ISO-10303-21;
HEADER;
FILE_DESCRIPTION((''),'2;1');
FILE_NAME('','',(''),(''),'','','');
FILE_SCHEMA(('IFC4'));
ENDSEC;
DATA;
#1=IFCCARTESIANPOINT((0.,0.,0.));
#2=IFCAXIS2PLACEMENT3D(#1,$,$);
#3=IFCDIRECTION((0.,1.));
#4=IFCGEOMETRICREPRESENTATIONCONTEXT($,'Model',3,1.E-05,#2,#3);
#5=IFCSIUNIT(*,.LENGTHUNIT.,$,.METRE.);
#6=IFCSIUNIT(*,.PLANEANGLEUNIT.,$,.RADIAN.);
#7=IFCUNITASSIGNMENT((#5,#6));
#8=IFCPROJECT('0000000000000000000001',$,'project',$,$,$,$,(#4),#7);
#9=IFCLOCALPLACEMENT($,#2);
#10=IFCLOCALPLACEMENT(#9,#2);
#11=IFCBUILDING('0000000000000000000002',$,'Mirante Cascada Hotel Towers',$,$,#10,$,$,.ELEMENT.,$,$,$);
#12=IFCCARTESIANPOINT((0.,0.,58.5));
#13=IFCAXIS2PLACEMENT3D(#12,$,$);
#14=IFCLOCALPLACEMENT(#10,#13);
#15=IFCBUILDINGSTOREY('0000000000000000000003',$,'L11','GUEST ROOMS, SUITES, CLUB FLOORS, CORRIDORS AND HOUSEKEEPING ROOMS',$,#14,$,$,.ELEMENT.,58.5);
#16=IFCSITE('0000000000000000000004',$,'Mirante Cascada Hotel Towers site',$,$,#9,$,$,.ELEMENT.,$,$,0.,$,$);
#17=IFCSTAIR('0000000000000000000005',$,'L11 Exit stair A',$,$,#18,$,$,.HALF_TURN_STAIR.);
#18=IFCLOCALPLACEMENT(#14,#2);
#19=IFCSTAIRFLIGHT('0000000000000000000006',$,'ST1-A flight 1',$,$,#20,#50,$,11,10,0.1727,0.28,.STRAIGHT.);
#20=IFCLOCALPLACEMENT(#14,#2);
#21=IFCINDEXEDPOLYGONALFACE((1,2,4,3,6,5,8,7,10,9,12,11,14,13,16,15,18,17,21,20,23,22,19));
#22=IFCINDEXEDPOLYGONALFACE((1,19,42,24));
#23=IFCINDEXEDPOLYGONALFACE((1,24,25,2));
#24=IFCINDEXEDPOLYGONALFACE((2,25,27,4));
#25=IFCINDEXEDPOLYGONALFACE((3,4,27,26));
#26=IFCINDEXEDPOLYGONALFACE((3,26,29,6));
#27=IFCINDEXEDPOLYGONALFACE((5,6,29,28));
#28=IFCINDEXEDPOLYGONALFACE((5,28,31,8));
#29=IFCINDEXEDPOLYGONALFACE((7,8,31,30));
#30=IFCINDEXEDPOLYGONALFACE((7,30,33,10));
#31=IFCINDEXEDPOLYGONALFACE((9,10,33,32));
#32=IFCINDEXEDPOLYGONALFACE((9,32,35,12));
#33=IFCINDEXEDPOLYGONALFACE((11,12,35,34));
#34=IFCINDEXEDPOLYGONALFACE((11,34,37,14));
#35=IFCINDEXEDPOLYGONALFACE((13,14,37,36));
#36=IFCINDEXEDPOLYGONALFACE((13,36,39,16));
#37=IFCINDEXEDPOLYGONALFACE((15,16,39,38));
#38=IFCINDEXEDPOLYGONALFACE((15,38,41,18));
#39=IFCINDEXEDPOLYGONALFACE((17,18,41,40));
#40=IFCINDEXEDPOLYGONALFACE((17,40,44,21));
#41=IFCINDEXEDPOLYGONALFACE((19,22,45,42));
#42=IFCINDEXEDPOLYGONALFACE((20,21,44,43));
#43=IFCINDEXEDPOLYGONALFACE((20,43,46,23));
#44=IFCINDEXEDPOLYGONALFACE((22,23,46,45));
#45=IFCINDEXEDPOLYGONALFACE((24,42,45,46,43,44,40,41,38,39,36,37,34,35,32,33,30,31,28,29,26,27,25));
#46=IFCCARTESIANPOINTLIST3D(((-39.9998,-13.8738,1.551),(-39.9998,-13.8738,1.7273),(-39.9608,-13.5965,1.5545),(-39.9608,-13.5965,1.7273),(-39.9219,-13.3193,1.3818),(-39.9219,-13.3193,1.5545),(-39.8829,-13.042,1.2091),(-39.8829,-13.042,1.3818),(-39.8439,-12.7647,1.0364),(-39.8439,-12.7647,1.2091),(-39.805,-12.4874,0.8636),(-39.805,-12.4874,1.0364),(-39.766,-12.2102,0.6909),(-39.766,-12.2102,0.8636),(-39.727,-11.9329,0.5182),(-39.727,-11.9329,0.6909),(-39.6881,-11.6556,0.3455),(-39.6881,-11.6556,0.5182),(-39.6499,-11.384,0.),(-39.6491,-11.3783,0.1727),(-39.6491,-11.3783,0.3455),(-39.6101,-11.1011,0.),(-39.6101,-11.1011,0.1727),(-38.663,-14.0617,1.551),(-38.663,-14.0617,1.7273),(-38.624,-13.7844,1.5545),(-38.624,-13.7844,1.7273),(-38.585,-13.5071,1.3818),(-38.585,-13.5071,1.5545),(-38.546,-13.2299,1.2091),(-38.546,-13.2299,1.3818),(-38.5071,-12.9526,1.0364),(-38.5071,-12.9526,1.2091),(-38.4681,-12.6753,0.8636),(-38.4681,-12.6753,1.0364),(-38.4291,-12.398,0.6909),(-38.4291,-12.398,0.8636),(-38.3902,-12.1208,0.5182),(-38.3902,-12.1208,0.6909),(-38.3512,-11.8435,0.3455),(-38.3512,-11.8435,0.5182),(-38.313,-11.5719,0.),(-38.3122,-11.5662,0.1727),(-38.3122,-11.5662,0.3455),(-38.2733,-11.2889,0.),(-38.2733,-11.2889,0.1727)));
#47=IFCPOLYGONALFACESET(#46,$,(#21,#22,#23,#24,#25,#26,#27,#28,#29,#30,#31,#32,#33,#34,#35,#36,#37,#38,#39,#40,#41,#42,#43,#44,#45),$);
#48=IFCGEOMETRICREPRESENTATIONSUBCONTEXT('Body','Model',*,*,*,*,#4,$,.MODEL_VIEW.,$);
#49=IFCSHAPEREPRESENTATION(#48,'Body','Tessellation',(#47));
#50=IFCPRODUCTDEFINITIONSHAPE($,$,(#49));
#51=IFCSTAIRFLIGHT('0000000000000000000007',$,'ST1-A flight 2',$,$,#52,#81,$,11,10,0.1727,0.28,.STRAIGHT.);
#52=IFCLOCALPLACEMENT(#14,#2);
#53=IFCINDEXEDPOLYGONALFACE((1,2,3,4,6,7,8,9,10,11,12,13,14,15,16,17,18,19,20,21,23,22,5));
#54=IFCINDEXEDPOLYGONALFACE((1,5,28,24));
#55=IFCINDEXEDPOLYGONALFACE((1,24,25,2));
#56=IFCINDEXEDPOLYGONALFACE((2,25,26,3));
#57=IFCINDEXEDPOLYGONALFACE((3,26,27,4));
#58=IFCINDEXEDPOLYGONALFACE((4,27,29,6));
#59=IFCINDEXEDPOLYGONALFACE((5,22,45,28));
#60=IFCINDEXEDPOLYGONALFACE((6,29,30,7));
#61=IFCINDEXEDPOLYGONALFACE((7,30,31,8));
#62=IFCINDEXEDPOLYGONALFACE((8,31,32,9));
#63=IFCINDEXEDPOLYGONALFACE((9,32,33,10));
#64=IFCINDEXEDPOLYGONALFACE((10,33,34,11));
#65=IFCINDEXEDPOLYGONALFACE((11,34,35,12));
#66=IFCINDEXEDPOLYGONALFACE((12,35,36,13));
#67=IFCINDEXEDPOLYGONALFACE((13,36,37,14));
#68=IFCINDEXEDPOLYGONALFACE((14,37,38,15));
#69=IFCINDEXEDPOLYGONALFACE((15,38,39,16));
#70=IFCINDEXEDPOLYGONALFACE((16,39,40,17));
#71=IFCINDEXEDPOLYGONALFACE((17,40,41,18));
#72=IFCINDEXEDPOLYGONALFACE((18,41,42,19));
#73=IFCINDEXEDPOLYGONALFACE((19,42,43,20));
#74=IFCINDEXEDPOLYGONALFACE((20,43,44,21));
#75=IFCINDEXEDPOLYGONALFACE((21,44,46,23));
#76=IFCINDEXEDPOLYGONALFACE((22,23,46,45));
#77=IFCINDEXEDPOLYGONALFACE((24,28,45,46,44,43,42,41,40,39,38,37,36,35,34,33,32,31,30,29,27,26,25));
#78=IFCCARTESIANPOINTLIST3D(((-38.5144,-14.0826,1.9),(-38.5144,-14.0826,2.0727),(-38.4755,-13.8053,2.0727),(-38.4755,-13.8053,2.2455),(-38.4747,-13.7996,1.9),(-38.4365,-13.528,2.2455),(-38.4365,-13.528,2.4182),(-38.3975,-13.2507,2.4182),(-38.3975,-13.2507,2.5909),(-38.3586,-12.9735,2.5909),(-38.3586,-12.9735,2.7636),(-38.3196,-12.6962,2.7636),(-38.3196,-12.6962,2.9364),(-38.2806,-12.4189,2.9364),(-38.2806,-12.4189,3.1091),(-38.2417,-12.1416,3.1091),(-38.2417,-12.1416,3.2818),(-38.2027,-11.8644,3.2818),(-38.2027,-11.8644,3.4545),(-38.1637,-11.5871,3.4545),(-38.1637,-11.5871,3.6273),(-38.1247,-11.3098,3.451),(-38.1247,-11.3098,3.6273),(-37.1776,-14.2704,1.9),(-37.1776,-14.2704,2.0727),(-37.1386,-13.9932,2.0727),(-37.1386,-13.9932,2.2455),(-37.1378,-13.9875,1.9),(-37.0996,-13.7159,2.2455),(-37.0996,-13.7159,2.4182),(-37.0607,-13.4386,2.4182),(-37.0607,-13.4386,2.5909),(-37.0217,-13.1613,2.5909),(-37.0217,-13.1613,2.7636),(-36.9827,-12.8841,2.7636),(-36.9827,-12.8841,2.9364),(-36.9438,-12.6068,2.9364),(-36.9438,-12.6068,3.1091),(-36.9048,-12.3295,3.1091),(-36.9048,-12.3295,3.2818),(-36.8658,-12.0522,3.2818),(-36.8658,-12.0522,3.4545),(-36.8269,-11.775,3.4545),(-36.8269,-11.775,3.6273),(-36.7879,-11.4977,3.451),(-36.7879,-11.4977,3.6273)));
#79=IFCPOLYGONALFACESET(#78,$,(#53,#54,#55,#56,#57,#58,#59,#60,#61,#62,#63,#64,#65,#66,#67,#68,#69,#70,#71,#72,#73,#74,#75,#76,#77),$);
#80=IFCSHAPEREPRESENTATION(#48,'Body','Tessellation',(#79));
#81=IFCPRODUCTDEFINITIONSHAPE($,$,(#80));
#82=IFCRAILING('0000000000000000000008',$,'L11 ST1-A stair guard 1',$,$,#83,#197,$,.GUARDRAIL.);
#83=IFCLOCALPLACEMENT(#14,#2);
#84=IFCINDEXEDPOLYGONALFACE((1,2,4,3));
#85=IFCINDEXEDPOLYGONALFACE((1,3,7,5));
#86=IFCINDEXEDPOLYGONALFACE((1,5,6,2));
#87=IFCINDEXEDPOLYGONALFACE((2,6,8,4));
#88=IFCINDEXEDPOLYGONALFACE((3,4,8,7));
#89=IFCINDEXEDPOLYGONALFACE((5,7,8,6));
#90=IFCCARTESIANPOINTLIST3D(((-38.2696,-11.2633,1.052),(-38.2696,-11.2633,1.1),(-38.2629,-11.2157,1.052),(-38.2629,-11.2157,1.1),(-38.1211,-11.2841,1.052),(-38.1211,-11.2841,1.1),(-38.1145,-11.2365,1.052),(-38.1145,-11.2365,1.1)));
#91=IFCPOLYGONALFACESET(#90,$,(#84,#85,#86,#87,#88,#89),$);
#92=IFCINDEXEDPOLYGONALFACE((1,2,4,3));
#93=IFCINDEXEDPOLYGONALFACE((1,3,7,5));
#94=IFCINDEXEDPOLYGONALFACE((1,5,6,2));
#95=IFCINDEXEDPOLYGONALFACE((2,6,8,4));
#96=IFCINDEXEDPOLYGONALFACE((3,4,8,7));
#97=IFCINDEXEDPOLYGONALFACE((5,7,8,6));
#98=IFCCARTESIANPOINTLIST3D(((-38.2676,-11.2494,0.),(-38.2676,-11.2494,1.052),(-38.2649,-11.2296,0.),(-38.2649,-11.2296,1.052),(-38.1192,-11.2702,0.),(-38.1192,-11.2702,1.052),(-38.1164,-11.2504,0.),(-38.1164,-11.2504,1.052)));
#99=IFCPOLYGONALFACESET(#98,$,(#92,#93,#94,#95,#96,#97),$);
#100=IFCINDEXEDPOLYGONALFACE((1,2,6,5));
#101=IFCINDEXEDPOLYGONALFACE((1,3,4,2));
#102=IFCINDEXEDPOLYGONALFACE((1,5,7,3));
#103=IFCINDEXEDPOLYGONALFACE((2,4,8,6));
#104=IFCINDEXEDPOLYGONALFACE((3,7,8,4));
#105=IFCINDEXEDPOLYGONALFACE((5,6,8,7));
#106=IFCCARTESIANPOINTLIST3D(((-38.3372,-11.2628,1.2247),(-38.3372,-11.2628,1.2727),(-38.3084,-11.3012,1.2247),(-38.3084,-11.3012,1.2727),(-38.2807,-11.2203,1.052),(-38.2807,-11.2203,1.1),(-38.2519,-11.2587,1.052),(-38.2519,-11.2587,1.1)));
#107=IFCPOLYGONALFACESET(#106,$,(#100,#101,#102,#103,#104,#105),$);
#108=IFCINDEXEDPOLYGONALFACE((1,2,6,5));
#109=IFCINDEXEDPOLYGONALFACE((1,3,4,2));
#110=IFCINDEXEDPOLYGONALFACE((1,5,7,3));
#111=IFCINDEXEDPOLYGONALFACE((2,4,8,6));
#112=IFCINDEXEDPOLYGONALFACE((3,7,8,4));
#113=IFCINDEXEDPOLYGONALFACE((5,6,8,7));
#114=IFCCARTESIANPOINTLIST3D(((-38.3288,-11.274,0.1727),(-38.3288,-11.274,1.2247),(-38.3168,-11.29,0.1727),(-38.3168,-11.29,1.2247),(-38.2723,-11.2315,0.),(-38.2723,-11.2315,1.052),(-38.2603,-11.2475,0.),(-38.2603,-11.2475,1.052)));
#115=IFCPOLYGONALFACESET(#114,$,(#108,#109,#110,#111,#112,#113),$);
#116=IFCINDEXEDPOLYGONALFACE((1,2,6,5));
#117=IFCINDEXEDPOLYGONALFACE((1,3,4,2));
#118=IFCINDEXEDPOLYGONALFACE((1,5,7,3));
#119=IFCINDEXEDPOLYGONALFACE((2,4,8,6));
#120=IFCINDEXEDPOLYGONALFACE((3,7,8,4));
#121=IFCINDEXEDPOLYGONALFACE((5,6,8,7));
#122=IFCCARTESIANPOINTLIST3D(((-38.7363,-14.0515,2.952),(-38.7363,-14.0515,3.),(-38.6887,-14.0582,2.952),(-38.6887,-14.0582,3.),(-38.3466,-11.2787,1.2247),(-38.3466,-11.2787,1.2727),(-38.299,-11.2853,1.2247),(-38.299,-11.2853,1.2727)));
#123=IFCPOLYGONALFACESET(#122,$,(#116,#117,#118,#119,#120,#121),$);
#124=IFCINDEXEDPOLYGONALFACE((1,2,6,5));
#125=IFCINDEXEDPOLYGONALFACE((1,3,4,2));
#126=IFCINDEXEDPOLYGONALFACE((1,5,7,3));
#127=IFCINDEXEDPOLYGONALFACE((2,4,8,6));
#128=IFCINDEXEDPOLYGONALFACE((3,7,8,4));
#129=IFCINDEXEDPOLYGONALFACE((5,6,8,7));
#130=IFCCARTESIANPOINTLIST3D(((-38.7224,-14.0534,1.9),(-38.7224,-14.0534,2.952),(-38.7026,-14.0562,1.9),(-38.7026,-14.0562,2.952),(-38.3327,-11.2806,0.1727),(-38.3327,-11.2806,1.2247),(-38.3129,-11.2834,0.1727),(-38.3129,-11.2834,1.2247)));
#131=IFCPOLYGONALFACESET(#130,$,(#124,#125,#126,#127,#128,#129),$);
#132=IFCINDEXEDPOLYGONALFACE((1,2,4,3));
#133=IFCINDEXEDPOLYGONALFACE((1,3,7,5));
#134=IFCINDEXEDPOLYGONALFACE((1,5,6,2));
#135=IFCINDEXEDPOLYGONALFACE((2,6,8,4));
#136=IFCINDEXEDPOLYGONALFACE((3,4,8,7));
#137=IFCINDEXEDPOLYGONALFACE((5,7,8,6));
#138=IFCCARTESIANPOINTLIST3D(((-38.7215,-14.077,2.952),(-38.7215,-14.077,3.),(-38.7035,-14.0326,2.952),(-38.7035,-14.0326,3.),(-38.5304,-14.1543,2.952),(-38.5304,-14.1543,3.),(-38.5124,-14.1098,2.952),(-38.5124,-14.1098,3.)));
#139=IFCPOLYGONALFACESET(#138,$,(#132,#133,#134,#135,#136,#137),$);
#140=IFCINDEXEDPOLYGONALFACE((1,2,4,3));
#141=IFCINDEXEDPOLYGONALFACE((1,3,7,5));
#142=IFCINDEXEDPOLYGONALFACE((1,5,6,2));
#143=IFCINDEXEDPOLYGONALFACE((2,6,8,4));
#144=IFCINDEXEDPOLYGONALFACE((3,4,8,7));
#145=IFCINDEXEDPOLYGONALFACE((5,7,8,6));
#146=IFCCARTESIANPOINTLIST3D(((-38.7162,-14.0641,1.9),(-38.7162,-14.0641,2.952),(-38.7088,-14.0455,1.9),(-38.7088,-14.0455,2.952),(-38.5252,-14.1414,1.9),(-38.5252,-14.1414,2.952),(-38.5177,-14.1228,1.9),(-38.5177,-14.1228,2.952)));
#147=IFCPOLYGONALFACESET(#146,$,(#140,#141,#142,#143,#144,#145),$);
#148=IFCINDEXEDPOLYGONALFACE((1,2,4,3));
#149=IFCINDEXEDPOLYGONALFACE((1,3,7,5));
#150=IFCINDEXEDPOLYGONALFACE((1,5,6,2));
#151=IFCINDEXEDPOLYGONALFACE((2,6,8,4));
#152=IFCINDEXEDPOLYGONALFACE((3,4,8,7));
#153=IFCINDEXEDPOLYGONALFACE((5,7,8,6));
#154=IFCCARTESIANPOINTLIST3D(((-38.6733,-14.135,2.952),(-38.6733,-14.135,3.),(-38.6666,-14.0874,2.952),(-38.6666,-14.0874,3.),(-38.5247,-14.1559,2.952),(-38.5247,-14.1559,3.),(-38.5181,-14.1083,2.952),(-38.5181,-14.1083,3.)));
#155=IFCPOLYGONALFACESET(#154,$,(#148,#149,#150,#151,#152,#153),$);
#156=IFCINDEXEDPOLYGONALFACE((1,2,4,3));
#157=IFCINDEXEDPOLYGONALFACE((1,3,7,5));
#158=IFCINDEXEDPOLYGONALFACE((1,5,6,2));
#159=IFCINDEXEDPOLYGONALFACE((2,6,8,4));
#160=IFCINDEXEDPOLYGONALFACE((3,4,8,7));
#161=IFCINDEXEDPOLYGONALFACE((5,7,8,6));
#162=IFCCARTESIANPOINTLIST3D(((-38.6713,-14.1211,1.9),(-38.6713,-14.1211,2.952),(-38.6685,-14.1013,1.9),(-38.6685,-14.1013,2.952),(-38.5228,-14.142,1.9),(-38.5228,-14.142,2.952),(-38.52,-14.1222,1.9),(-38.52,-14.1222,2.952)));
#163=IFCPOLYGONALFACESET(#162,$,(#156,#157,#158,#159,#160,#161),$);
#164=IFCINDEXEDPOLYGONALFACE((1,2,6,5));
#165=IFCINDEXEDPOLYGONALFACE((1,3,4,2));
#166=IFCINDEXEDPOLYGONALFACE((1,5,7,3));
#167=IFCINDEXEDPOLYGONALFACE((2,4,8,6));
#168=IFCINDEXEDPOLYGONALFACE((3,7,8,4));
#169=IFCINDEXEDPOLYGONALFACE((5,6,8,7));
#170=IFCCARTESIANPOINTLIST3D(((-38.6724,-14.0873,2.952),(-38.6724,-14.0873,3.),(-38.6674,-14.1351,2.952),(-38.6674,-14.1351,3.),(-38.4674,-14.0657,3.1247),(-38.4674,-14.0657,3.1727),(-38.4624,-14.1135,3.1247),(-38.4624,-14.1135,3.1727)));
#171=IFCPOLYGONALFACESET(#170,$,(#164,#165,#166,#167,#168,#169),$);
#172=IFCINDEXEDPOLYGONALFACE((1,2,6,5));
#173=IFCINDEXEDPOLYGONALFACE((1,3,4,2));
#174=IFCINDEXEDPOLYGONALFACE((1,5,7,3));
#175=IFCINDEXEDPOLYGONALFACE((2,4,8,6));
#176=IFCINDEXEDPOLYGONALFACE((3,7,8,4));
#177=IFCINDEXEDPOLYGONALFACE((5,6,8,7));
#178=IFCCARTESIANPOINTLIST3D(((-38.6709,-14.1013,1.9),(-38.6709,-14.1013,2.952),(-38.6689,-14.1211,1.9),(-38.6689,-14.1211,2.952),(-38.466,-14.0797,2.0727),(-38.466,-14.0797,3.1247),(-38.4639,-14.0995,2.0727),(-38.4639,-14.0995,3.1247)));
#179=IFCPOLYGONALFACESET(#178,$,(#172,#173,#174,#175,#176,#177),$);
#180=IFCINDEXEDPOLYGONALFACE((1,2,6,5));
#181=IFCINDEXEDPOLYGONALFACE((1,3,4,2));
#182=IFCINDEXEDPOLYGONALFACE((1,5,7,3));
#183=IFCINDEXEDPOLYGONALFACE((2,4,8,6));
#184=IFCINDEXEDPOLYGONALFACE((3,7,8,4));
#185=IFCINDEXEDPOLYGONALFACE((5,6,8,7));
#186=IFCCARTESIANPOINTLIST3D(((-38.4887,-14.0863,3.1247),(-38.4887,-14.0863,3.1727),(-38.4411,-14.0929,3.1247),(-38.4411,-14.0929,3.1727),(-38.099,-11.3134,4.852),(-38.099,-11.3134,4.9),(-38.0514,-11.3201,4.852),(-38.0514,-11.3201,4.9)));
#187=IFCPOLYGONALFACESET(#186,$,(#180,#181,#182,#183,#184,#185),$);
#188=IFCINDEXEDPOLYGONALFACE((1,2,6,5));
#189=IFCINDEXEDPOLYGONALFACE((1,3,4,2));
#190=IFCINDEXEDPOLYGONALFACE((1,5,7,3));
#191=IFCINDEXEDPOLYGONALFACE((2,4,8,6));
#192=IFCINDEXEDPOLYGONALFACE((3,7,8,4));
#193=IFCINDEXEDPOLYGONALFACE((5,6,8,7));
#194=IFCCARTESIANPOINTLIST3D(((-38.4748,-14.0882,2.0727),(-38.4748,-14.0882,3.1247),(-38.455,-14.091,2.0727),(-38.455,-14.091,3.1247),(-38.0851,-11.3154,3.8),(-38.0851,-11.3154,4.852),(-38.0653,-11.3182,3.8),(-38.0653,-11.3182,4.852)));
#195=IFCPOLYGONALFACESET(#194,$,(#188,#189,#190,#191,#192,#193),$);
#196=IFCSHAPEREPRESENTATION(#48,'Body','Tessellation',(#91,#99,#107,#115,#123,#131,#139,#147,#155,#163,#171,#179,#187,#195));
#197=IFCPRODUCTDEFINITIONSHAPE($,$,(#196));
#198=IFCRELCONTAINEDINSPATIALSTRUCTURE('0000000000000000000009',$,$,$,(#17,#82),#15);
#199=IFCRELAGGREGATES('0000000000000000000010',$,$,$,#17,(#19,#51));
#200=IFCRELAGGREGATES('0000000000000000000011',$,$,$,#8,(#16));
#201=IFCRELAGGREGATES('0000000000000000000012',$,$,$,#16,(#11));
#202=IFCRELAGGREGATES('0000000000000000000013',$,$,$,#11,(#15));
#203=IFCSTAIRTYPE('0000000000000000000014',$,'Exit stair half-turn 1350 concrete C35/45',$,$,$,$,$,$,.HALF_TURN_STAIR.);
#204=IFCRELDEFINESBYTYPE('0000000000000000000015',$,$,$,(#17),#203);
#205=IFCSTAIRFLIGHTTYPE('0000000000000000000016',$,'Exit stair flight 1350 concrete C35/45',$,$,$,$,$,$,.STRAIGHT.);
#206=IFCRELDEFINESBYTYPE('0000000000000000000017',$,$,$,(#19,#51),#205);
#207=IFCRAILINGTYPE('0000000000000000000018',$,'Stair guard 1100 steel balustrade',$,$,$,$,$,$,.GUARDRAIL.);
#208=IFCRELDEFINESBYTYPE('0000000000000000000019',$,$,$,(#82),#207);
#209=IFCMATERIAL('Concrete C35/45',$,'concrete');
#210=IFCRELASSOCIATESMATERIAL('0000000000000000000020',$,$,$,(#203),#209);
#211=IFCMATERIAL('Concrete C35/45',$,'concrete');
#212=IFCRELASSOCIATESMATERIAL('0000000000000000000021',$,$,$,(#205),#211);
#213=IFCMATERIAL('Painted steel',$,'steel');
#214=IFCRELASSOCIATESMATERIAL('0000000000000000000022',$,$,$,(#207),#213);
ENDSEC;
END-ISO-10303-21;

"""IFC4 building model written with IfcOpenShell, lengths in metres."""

from ifc_helpers import new_model, si_unit, direction, frame, origin, origin_2d, place, context, subcontext, project, spatial, polyline, rectangle, outline, extrude, material, type_object, element, aggregate, save


model = new_model("IFC4")

# Units and contexts
model_context = context("Model", 3, precision=1e-05, world=origin(), true_north=direction((0.0, 1.0)))
body_context = subcontext(model_context, "Body", "Model", "MODEL_VIEW")
ifc_project = project(units=[si_unit("LENGTHUNIT", "METRE"), si_unit("PLANEANGLEUNIT", "RADIAN")], contexts=[model_context])

# Site, building, storey
site_placement = place(None, origin())
site = spatial("IfcSite", under=ifc_project, at=site_placement, Name="Mirante Cascada Hotel Towers site", CompositionType="ELEMENT", RefElevation=0.0)
building_placement = place(site_placement, origin())
building = spatial("IfcBuilding", under=site, at=building_placement, Name="Mirante Cascada Hotel Towers", CompositionType="ELEMENT")
storey_placement = place(building_placement, frame((0.0, 0.0, 58.5)))
storey = spatial("IfcBuildingStorey", under=building, at=storey_placement, Name="L11", Description="GUEST ROOMS, SUITES, CLUB FLOORS, CORRIDORS AND HOUSEKEEPING ROOMS", CompositionType="ELEMENT", Elevation=58.5)

# Stair, stair flights
ifc_material_1 = material(Name="Concrete C35/45", Category="concrete")
stair_type = type_object("IfcStairType", Name="Exit stair half-turn 1350 concrete C35/45", PredefinedType="HALF_TURN_STAIR", material=ifc_material_1)
stair_placement = place(storey_placement, origin())
stair = element("IfcStair", 1, at=stair_placement, inside=storey, type_object=stair_type, Name="L11 Exit stair A", PredefinedType="HALF_TURN_STAIR")
ifc_material_2 = material(Name="Concrete C35/45", Category="concrete")
stair_flight_type = type_object("IfcStairFlightType", Name="Exit stair flight 1350 concrete C35/45", PredefinedType="STRAIGHT", material=ifc_material_2)
stair_flight_1_placement = place(storey_placement, frame((-38.9417, -11.195, 0.0), z_axis=(0.0, 0.0, 1.0), x_axis=(-0.139173, -0.990268, 0.0)))
stair_flight_1 = element("IfcStairFlight", 2, at=stair_flight_1_placement, type_object=stair_flight_type, Name="ST1-A flight 1", NumberOfRisers=11, NumberOfTreads=10, PredefinedType="STRAIGHT", RiserHeight=0.1727, TreadLength=0.28, context=body_context, shape_type="SweptSolid", body=[
    extrude(outline(polyline([(0.0, 0.0), (0.0, 0.1727), (0.28, 0.1727), (0.28, 0.3455), (0.56, 0.3455), (0.56, 0.5182), (0.84, 0.5182), (0.84, 0.6909), (1.12, 0.6909), (1.12, 0.8636), (1.4, 0.8636), (1.4, 1.0364), (1.68, 1.0364), (1.68, 1.2091), (1.96, 1.2091), (1.96, 1.3818), (2.24, 1.3818), (2.24, 1.5545), (2.52, 1.5545), (2.52, 1.7273), (2.8, 1.7273), (2.8, 1.9), (2.8, 1.551), (0.2857, 0.0), (0.0, 0.0)])), frame((0.0, 0.675, 0.0), z_axis=(0.0, -1.0, 0.0), x_axis=(1.0, 0.0, 0.0)), (0.0, 0.0, 1.0), 1.35),
])
stair_flight_2_placement = place(storey_placement, frame((-37.846, -14.1765, 1.9), z_axis=(0.0, 0.0, 1.0), x_axis=(0.139173, 0.990268, 0.0)))
stair_flight_2 = element("IfcStairFlight", 3, at=stair_flight_2_placement, type_object=stair_flight_type, Name="ST1-A flight 2", NumberOfRisers=11, NumberOfTreads=10, PredefinedType="STRAIGHT", RiserHeight=0.1727, TreadLength=0.28, context=body_context, shape_type="SweptSolid", body=[
    extrude(outline(polyline([(0.0, 0.0), (0.0, 0.1727), (0.28, 0.1727), (0.28, 0.3455), (0.56, 0.3455), (0.56, 0.5182), (0.84, 0.5182), (0.84, 0.6909), (1.12, 0.6909), (1.12, 0.8636), (1.4, 0.8636), (1.4, 1.0364), (1.68, 1.0364), (1.68, 1.2091), (1.96, 1.2091), (1.96, 1.3818), (2.24, 1.3818), (2.24, 1.5545), (2.52, 1.5545), (2.52, 1.7273), (2.8, 1.7273), (2.8, 1.9), (2.8, 1.551), (0.2857, 0.0), (0.0, 0.0)])), frame((0.0, 0.675, 0.0), z_axis=(0.0, -1.0, 0.0), x_axis=(1.0, 0.0, 0.0)), (0.0, 0.0, 1.0), 1.35),
])
aggregate(stair, [stair_flight_1, stair_flight_2])

# Railing
ifc_material_3 = material(Name="Painted steel", Category="steel")
railing_type_1 = type_object("IfcRailingType", Name="Stair guard 1100 steel balustrade", PredefinedType="GUARDRAIL", material=ifc_material_3)
railing_1_placement = place(storey_placement, frame((-38.1178, -11.2603, 0.0)))
element("IfcRailing", 4, at=railing_1_placement, inside=storey, type_object=railing_type_1, Name="L11 ST1-A stair guard 1", PredefinedType="GUARDRAIL", context=body_context, shape_type="SweptSolid", body=[
    extrude(rectangle(XDim=0.048, YDim=0.048, at=origin_2d()), frame((0.0, 0.0, 1.076), z_axis=(-0.990333, 0.138713, 0.0), x_axis=(-0.138713, -0.990333, 0.0)), (0.0, 0.0, 1.0), 0.1499),
    extrude(rectangle(XDim=0.02, YDim=1.052, at=origin_2d()), frame((0.0, 0.0, 0.526), z_axis=(-0.990333, 0.138713, 0.0), x_axis=(-0.138713, -0.990333, 0.0)), (0.0, 0.0, 1.0), 0.1499),
    extrude(rectangle(XDim=0.048, YDim=0.048, at=origin_2d()), frame((-0.1485, 0.0208, 1.076), z_axis=(-0.79915, -0.601131, 0.0), x_axis=(0.601131, -0.79915, 0.0)), (0.0, 0.925453, 0.378863), 0.1866),
    extrude(rectangle(XDim=0.02, YDim=1.052, at=origin_2d()), frame((-0.1485, 0.0208, 0.526), z_axis=(-0.79915, -0.601131, 0.0), x_axis=(0.601131, -0.79915, 0.0)), (0.0, 0.925453, 0.378863), 0.1866),
    extrude(rectangle(XDim=0.048, YDim=0.048, at=origin_2d()), frame((-0.205, -0.0217, 1.2487), z_axis=(-0.139176, -0.990268, 0.0), x_axis=(0.990268, -0.139176, 0.0)), (0.0, 0.525021, 0.851089), 3.29),
    extrude(rectangle(XDim=0.02, YDim=1.052, at=origin_2d()), frame((-0.205, -0.0217, 0.6987), z_axis=(-0.139176, -0.990268, 0.0), x_axis=(0.990268, -0.139176, 0.0)), (0.0, 0.525021, 0.851089), 3.29),
    extrude(rectangle(XDim=0.048, YDim=0.048, at=origin_2d()), frame((-0.5947, -2.7945, 2.976), z_axis=(0.927031, -0.374984, 0.0), x_axis=(0.374984, 0.927031, 0.0)), (0.0, 0.0, 1.0), 0.2061),
    extrude(rectangle(XDim=0.02, YDim=1.052, at=origin_2d()), frame((-0.5947, -2.7945, 2.426), z_axis=(0.927031, -0.374984, 0.0), x_axis=(0.374984, 0.927031, 0.0)), (0.0, 0.0, 1.0), 0.2061),
    extrude(rectangle(XDim=0.048, YDim=0.048, at=origin_2d()), frame((-0.4036, -2.8718, 2.976), z_axis=(-0.990241, 0.139367, 0.0), x_axis=(-0.139367, -0.990241, 0.0)), (0.0, 0.0, 1.0), 0.15),
    extrude(rectangle(XDim=0.02, YDim=1.052, at=origin_2d()), frame((-0.4036, -2.8718, 2.426), z_axis=(-0.990241, 0.139367, 0.0), x_axis=(-0.139367, -0.990241, 0.0)), (0.0, 0.0, 1.0), 0.15),
    extrude(rectangle(XDim=0.048, YDim=0.048, at=origin_2d()), frame((-0.5521, -2.8509, 2.976), z_axis=(0.994495, 0.104786, 0.0), x_axis=(-0.104786, 0.994495, 0.0)), (0.0, 0.642203, 0.766534), 0.2689),
    extrude(rectangle(XDim=0.02, YDim=1.052, at=origin_2d()), frame((-0.5521, -2.8509, 2.426), z_axis=(0.994495, 0.104786, 0.0), x_axis=(-0.104786, 0.994495, 0.0)), (0.0, 0.642203, 0.766534), 0.2689),
    extrude(rectangle(XDim=0.048, YDim=0.048, at=origin_2d()), frame((-0.3471, -2.8293, 3.1487), z_axis=(0.139176, 0.990268, 0.0), x_axis=(-0.990268, 0.139176, 0.0)), (0.0, 0.525021, 0.851089), 3.29),
    extrude(rectangle(XDim=0.02, YDim=1.052, at=origin_2d()), frame((-0.3471, -2.8293, 2.5987), z_axis=(0.139176, 0.990268, 0.0), x_axis=(-0.990268, 0.139176, 0.0)), (0.0, 0.525021, 0.851089), 3.29),
])

save(model, "model.ifc")
